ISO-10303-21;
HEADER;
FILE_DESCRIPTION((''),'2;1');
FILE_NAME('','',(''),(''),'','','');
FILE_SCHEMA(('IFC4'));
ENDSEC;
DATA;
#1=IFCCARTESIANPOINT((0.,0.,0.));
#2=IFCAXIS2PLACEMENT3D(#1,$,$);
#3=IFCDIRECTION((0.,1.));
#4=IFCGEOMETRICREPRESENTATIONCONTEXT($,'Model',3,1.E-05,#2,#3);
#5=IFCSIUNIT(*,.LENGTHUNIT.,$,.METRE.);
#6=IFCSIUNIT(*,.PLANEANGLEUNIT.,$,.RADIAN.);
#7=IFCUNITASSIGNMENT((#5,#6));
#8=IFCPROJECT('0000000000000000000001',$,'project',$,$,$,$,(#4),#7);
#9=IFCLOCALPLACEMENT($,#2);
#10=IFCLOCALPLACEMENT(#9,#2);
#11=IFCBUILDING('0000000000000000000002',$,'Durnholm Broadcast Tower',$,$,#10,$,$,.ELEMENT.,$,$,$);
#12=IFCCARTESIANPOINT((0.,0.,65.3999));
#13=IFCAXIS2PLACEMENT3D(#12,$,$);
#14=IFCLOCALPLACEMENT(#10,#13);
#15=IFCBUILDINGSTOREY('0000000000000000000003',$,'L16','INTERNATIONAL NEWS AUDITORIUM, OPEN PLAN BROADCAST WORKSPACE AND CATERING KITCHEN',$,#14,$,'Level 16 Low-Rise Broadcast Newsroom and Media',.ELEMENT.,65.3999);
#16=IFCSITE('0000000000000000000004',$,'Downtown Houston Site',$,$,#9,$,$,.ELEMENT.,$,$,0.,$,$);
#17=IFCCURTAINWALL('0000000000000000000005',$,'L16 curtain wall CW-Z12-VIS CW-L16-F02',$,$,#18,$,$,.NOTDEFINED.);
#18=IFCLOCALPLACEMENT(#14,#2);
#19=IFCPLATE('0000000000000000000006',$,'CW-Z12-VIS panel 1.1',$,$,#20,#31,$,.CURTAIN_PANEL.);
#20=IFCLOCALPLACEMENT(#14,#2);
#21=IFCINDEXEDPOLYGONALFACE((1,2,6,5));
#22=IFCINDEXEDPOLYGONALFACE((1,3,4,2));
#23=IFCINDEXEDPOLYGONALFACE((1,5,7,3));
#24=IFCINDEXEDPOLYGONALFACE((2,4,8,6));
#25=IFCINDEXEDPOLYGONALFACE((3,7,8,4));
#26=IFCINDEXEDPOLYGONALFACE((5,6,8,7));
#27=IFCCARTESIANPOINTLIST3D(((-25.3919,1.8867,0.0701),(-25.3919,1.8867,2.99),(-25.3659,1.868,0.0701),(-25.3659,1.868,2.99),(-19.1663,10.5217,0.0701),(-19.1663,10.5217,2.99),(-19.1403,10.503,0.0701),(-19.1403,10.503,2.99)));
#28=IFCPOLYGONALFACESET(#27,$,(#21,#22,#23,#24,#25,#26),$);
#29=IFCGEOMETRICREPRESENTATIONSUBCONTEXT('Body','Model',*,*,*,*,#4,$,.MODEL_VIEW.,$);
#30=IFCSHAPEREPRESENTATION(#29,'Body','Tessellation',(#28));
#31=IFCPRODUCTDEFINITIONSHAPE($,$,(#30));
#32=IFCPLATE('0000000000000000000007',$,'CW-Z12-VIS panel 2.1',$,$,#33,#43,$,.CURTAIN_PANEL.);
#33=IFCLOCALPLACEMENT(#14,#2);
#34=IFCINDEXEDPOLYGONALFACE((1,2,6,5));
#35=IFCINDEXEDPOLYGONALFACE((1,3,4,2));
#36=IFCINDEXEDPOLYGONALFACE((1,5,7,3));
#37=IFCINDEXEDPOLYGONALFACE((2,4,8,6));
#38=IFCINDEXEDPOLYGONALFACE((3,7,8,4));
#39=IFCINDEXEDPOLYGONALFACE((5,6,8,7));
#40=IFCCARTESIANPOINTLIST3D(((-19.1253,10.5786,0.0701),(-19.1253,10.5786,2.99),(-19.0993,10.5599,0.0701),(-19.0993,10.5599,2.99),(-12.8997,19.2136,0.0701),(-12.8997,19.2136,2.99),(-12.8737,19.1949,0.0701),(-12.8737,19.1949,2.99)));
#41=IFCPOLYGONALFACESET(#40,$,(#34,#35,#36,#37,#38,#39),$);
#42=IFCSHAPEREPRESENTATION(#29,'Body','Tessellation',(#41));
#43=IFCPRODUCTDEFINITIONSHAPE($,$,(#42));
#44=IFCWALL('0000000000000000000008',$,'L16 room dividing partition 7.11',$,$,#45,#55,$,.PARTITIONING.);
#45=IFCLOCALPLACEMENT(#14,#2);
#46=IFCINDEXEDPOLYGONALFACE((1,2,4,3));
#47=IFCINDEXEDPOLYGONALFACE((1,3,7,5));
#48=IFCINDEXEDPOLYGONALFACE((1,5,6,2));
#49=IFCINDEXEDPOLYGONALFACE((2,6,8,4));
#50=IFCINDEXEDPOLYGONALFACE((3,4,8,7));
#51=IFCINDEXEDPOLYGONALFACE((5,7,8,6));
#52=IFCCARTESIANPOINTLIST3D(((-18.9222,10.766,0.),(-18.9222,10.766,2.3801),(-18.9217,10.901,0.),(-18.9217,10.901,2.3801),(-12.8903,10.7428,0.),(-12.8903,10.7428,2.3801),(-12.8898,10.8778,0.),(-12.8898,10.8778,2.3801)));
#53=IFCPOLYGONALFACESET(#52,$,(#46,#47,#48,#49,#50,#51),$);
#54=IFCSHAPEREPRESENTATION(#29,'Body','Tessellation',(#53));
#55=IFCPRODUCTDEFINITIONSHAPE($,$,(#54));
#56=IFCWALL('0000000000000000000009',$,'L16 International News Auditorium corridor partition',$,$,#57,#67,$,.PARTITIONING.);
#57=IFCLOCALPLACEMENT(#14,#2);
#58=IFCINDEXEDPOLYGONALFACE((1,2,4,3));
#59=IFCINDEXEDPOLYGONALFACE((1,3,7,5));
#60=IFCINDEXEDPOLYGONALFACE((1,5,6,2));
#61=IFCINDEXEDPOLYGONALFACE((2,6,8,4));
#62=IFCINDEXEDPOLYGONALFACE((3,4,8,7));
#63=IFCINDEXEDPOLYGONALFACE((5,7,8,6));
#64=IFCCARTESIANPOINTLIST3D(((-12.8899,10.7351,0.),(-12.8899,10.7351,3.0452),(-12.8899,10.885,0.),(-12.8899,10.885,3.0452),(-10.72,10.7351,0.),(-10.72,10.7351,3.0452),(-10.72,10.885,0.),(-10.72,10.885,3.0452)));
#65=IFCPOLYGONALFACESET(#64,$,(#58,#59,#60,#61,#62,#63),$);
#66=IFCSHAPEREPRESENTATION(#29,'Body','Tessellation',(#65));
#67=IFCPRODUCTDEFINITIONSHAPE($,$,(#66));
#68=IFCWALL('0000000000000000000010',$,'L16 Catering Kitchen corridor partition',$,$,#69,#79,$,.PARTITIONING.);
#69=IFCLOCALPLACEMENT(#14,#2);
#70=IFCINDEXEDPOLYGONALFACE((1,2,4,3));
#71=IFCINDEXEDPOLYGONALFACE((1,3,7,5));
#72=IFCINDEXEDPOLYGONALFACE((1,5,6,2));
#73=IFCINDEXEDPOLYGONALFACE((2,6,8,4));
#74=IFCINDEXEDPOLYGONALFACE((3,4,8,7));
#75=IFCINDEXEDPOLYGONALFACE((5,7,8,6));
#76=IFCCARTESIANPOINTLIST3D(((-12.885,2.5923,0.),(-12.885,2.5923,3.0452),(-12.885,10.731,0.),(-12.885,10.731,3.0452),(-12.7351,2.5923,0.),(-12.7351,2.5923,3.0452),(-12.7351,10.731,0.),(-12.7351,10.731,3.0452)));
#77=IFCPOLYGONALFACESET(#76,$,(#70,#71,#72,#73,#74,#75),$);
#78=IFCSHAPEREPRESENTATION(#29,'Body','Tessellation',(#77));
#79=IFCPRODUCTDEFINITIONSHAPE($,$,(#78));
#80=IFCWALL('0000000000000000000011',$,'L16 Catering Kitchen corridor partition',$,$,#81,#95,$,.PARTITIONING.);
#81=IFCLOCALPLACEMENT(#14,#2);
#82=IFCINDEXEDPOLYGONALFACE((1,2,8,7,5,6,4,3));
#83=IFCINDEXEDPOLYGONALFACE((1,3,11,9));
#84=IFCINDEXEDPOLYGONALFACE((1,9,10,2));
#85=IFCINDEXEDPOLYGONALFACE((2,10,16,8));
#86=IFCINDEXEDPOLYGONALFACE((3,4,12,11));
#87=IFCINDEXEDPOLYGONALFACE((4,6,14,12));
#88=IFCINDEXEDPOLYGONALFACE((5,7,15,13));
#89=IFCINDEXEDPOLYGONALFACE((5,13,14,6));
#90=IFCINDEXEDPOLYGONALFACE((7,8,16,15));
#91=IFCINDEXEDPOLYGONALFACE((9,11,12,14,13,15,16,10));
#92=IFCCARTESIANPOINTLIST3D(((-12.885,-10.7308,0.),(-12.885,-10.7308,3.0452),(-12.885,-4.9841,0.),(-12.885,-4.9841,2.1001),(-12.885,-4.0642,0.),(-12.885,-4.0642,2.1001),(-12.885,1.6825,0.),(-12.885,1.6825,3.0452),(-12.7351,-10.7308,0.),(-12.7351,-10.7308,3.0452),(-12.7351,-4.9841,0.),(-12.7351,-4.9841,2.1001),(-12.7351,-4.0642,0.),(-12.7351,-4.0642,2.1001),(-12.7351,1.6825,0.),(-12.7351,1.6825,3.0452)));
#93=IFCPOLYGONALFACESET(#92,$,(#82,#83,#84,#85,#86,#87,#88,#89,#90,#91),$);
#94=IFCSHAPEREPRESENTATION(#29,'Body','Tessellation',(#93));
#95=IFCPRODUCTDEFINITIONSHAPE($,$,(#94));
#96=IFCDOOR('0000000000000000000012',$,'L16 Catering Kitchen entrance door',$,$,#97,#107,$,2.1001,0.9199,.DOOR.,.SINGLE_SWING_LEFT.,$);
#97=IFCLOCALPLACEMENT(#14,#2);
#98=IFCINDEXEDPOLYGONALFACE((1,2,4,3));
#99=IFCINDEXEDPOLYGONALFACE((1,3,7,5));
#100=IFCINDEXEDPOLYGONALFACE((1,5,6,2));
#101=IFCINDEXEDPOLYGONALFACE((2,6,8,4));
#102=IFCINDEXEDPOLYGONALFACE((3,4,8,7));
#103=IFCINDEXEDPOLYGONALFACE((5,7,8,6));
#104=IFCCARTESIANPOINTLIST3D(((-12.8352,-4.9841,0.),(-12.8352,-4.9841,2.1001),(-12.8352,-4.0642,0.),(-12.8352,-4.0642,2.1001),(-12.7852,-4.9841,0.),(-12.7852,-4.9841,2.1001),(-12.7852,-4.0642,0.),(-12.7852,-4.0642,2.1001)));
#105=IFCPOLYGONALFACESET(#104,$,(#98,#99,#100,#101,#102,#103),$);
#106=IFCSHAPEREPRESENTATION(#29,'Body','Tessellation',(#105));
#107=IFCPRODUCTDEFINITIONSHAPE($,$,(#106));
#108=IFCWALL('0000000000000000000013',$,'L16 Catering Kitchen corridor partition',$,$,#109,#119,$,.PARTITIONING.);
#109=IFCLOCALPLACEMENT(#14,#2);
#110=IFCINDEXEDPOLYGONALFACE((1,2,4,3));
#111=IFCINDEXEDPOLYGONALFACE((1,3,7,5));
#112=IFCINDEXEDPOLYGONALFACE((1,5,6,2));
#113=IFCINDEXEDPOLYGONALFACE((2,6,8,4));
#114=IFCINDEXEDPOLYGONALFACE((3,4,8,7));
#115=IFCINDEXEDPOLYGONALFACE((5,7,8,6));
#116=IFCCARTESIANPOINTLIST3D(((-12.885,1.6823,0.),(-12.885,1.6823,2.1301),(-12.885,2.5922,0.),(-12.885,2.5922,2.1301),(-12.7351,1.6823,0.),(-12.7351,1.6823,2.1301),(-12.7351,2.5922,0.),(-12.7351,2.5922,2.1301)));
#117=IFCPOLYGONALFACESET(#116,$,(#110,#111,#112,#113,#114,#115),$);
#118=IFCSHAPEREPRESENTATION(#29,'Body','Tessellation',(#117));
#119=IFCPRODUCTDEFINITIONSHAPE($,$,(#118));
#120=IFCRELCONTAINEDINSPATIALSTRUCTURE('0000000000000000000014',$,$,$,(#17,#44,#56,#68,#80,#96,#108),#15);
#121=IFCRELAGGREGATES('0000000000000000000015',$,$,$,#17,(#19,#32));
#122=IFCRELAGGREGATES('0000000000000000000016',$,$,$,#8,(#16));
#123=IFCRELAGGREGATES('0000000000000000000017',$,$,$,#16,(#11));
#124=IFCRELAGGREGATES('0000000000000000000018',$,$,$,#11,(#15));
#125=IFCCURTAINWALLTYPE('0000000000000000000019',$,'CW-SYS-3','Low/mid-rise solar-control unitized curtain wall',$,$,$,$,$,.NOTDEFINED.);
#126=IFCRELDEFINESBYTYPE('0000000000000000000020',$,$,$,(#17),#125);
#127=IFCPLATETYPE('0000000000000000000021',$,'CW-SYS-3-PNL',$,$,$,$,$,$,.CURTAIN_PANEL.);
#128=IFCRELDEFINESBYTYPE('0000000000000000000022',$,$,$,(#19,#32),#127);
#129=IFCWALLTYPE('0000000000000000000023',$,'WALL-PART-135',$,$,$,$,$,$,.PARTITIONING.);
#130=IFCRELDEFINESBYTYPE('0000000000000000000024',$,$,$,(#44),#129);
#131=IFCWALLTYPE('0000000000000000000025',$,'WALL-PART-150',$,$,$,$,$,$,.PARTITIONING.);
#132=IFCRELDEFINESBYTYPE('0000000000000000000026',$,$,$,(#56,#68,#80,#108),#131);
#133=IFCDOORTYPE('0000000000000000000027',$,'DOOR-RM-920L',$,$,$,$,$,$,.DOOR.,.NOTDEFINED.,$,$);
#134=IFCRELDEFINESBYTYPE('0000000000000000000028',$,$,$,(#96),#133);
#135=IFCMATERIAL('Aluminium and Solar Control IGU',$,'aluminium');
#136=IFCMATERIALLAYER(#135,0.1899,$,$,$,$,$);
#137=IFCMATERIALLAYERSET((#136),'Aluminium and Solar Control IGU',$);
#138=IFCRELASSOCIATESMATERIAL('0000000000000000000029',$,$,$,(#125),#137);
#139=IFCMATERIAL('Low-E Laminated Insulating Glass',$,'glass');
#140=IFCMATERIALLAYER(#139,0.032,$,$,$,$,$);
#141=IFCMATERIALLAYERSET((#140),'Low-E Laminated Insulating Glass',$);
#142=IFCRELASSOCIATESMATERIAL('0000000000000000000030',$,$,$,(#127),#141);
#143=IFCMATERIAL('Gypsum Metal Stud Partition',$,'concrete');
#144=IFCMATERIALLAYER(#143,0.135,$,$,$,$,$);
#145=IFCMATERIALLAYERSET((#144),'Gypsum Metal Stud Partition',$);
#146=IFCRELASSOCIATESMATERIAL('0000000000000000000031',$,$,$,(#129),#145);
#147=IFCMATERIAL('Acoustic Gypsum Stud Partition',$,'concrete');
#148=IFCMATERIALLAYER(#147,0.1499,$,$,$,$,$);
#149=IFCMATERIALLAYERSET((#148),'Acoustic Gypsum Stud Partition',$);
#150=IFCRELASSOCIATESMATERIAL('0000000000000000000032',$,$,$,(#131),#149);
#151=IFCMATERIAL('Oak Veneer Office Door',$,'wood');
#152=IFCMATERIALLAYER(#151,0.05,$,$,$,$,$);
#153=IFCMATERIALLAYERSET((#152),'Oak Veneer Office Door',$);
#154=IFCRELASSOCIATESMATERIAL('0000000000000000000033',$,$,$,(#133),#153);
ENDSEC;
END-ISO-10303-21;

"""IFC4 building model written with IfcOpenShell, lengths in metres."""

from ifc_helpers import new_model, si_unit, direction, frame, frame_2d, origin, origin_2d, place, context, subcontext, project, spatial, rectangle, extrude, source, transform, mapped, material, layer, layer_set, type_object, type_shapes, element, fill, aggregate, save


model = new_model("IFC4")

# Units and contexts
model_context = context("Model", 3, precision=1e-05, world=origin(), true_north=direction((0.0, 1.0)))
body_context = subcontext(model_context, "Body", "Model", "MODEL_VIEW")
ifc_project = project(units=[si_unit("LENGTHUNIT", "METRE"), si_unit("PLANEANGLEUNIT", "RADIAN")], contexts=[model_context])

# Site, building, storey
site_placement = place(None, origin())
site = spatial("IfcSite", under=ifc_project, at=site_placement, Name="Downtown Houston Site", CompositionType="ELEMENT", RefElevation=0.0)
building_placement = place(site_placement, origin())
building = spatial("IfcBuilding", under=site, at=building_placement, Name="Durnholm Broadcast Tower", CompositionType="ELEMENT")
storey_placement = place(building_placement, frame((0.0, 0.0, 65.3999)))
storey = spatial("IfcBuildingStorey", under=building, at=storey_placement, Name="L16", Description="INTERNATIONAL NEWS AUDITORIUM, OPEN PLAN BROADCAST WORKSPACE AND CATERING KITCHEN", LongName="Level 16 Low-Rise Broadcast Newsroom and Media", CompositionType="ELEMENT", Elevation=65.3999)

# Shared definitions
ifc_material_1 = material(Name="Aluminium and Solar Control IGU", Category="aluminium")

# Curtain wall
ifc_layer_1 = layer(ifc_material_1, 0.1899)
ifc_layer_set_1 = layer_set([ifc_layer_1], Name="Aluminium and Solar Control IGU")
curtain_wall_type_1 = type_object("IfcCurtainWallType", Name="CW-SYS-3", Description="Low/mid-rise solar-control unitized curtain wall", PredefinedType="NOTDEFINED", material=ifc_layer_set_1)
curtain_wall_1_placement = place(storey_placement, origin())
curtain_wall_1 = element("IfcCurtainWall", 1, at=curtain_wall_1_placement, inside=storey, type_object=curtain_wall_type_1, Name="L16 curtain wall CW-Z12-VIS CW-L16-F02", PredefinedType="NOTDEFINED")

# Plates
ifc_material_2 = material(Name="Low-E Laminated Insulating Glass", Category="glass")
ifc_layer_2 = layer(ifc_material_2, 0.032)
ifc_layer_set_2 = layer_set([ifc_layer_2], Name="Low-E Laminated Insulating Glass")
plate_type_1 = type_object("IfcPlateType", Name="CW-SYS-3-PNL", PredefinedType="CURTAIN_PANEL", material=ifc_layer_set_2)
shared_shape_1 = source(origin(), body_context, "Body", "SweptSolid", [
    extrude(rectangle(XDim=10.6453, YDim=0.032, at=origin_2d()), origin(), (0.0, 0.0, 1.0), 2.9199),
])
type_shapes(plate_type_1, [shared_shape_1])
plate_1_placement = place(storey_placement, frame((-22.2661, 6.1948, 0.0701), z_axis=(0.0, 0.0, 1.0), x_axis=(0.584823, 0.811161, 0.0)))
plate_1 = element("IfcPlate", 2, at=plate_1_placement, type_object=plate_type_1, Name="CW-Z12-VIS panel 1.1", PredefinedType="CURTAIN_PANEL", context=body_context, shape_type="MappedRepresentation", body=[
    mapped(shared_shape_1, transform((0.0, 0.0, 0.0), x_axis=(1.0, 0.0, 0.0), y_axis=(0.0, 1.0, 0.0), z_axis=(0.0, 0.0, 1.0), scale=1.0)),
])
plate_2_placement = place(storey_placement, frame((-15.9995, 14.8867, 0.0701), z_axis=(0.0, 0.0, 1.0), x_axis=(0.584823, 0.811161, 0.0)))
plate_2 = element("IfcPlate", 3, at=plate_2_placement, type_object=plate_type_1, Name="CW-Z12-VIS panel 2.1", PredefinedType="CURTAIN_PANEL", context=body_context, shape_type="MappedRepresentation", body=[
    mapped(shared_shape_1, transform((0.0, 0.0, 0.0), x_axis=(1.0, 0.0, 0.0), y_axis=(0.0, 1.0, 0.0), z_axis=(0.0, 0.0, 1.0), scale=1.0)),
])
aggregate(curtain_wall_1, [plate_1, plate_2])

# Walls
ifc_material_3 = material(Name="Gypsum Metal Stud Partition", Category="concrete")
ifc_layer_3 = layer(ifc_material_3, 0.135)
ifc_layer_set_3 = layer_set([ifc_layer_3], Name="Gypsum Metal Stud Partition")
wall_type_1 = type_object("IfcWallType", Name="WALL-PART-135", PredefinedType="PARTITIONING", material=ifc_layer_set_3)
wall_1_placement = place(storey_placement, frame((-12.8899, 10.8103, 0.0), z_axis=(0.0, 0.0, 1.0), x_axis=(-0.999993, 0.003845, 0.0)))
element("IfcWall", 4, at=wall_1_placement, inside=storey, type_object=wall_type_1, Name="L16 room dividing partition 7.11", PredefinedType="PARTITIONING", context=body_context, shape_type="SweptSolid", body=[
    extrude(rectangle(XDim=6.032, YDim=0.135, at=frame_2d((3.0161, 0.0))), origin(), (0.0, 0.0, 1.0), 2.3801),
])
ifc_material_4 = material(Name="Acoustic Gypsum Stud Partition", Category="concrete")
ifc_layer_4 = layer(ifc_material_4, 0.1499)
ifc_layer_set_4 = layer_set([ifc_layer_4], Name="Acoustic Gypsum Stud Partition")
wall_type_2 = type_object("IfcWallType", Name="WALL-PART-150", PredefinedType="PARTITIONING", material=ifc_layer_set_4)
wall_2_placement = place(storey_placement, frame((-10.72, 10.8101, 0.0), z_axis=(0.0, 0.0, 1.0), x_axis=(-1.0, 0.0, 0.0)))
element("IfcWall", 5, at=wall_2_placement, inside=storey, type_object=wall_type_2, Name="L16 International News Auditorium corridor partition", PredefinedType="PARTITIONING", context=body_context, shape_type="SweptSolid", body=[
    extrude(rectangle(XDim=2.1699, YDim=0.1499, at=frame_2d((1.085, 0.0))), origin(), (0.0, 0.0, 1.0), 3.0452),
])
wall_3_placement = place(storey_placement, frame((-12.8101, 10.731, 0.0), z_axis=(0.0, 0.0, 1.0), x_axis=(0.0, -1.0, 0.0)))
element("IfcWall", 6, at=wall_3_placement, inside=storey, type_object=wall_type_2, Name="L16 Catering Kitchen corridor partition", PredefinedType="PARTITIONING", context=body_context, shape_type="SweptSolid", body=[
    extrude(rectangle(XDim=8.1387, YDim=0.1499, at=frame_2d((4.0693, 0.0))), origin(), (0.0, 0.0, 1.0), 3.0452),
])

# Wall, opening, door
wall_4_placement = place(storey_placement, frame((-12.8101, 1.6824, 0.0), z_axis=(0.0, 0.0, 1.0), x_axis=(0.0, -1.0, 0.0)))
wall_4 = element("IfcWall", 7, at=wall_4_placement, inside=storey, type_object=wall_type_2, Name="L16 Catering Kitchen corridor partition", PredefinedType="PARTITIONING", context=body_context, shape_type="SweptSolid", body=[
    extrude(rectangle(XDim=12.4133, YDim=0.1499, at=frame_2d((6.2065, 0.0))), origin(), (0.0, 0.0, 1.0), 3.0452),
])
opening_placement = place(wall_4_placement, frame((5.7466, 0.0, 0.0)))
opening = element("IfcOpeningElement", 8, at=opening_placement, cuts=wall_4, PredefinedType="OPENING", context=body_context, shape_type="SweptSolid", body=[
    extrude(rectangle(XDim=0.9199, YDim=2.1001, at=frame_2d((0.46, 1.05))), frame((0.0, 0.085, 0.0), z_axis=(0.0, -1.0, 0.0), x_axis=(1.0, 0.0, 0.0)), (0.0, 0.0, 1.0), 0.1699),
])
ifc_material_5 = material(Name="Oak Veneer Office Door", Category="wood")
ifc_layer_5 = layer(ifc_material_5, 0.05)
ifc_layer_set_5 = layer_set([ifc_layer_5], Name="Oak Veneer Office Door")
door_type = type_object("IfcDoorType", Name="DOOR-RM-920L", OperationType="NOTDEFINED", PredefinedType="DOOR", material=ifc_layer_set_5)
shared_shape_2 = source(origin(), body_context, "Body", "SweptSolid", [
    extrude(rectangle(XDim=0.9199, YDim=2.1001, at=frame_2d((0.46, 1.05))), frame((0.0, 0.0249, 0.0), z_axis=(0.0, -1.0, 0.0), x_axis=(1.0, 0.0, 0.0)), (0.0, 0.0, 1.0), 0.05),
])
type_shapes(door_type, [shared_shape_2])
door_placement = place(opening_placement, origin())
door = element("IfcDoor", 9, at=door_placement, inside=storey, type_object=door_type, Name="L16 Catering Kitchen entrance door", OperationType="SINGLE_SWING_LEFT", OverallHeight=2.1001, OverallWidth=0.9199, PredefinedType="DOOR", context=body_context, shape_type="MappedRepresentation", body=[
    mapped(shared_shape_2, transform((0.0, 0.0, 0.0), x_axis=(1.0, 0.0, 0.0), y_axis=(0.0, 1.0, 0.0), z_axis=(0.0, 0.0, 1.0), scale=1.0)),
])
fill(opening, door)

# Wall
wall_5_placement = place(storey_placement, frame((-12.8101, 2.5923, 0.0), z_axis=(0.0, 0.0, 1.0), x_axis=(0.0, -1.0, 0.0)))
element("IfcWall", 10, at=wall_5_placement, inside=storey, type_object=wall_type_2, Name="L16 Catering Kitchen corridor partition", PredefinedType="PARTITIONING", context=body_context, shape_type="SweptSolid", body=[
    extrude(rectangle(XDim=0.9099, YDim=0.1499, at=frame_2d((0.4551, 0.0))), origin(), (0.0, 0.0, 1.0), 2.1301),
])

save(model, "model.ifc")
